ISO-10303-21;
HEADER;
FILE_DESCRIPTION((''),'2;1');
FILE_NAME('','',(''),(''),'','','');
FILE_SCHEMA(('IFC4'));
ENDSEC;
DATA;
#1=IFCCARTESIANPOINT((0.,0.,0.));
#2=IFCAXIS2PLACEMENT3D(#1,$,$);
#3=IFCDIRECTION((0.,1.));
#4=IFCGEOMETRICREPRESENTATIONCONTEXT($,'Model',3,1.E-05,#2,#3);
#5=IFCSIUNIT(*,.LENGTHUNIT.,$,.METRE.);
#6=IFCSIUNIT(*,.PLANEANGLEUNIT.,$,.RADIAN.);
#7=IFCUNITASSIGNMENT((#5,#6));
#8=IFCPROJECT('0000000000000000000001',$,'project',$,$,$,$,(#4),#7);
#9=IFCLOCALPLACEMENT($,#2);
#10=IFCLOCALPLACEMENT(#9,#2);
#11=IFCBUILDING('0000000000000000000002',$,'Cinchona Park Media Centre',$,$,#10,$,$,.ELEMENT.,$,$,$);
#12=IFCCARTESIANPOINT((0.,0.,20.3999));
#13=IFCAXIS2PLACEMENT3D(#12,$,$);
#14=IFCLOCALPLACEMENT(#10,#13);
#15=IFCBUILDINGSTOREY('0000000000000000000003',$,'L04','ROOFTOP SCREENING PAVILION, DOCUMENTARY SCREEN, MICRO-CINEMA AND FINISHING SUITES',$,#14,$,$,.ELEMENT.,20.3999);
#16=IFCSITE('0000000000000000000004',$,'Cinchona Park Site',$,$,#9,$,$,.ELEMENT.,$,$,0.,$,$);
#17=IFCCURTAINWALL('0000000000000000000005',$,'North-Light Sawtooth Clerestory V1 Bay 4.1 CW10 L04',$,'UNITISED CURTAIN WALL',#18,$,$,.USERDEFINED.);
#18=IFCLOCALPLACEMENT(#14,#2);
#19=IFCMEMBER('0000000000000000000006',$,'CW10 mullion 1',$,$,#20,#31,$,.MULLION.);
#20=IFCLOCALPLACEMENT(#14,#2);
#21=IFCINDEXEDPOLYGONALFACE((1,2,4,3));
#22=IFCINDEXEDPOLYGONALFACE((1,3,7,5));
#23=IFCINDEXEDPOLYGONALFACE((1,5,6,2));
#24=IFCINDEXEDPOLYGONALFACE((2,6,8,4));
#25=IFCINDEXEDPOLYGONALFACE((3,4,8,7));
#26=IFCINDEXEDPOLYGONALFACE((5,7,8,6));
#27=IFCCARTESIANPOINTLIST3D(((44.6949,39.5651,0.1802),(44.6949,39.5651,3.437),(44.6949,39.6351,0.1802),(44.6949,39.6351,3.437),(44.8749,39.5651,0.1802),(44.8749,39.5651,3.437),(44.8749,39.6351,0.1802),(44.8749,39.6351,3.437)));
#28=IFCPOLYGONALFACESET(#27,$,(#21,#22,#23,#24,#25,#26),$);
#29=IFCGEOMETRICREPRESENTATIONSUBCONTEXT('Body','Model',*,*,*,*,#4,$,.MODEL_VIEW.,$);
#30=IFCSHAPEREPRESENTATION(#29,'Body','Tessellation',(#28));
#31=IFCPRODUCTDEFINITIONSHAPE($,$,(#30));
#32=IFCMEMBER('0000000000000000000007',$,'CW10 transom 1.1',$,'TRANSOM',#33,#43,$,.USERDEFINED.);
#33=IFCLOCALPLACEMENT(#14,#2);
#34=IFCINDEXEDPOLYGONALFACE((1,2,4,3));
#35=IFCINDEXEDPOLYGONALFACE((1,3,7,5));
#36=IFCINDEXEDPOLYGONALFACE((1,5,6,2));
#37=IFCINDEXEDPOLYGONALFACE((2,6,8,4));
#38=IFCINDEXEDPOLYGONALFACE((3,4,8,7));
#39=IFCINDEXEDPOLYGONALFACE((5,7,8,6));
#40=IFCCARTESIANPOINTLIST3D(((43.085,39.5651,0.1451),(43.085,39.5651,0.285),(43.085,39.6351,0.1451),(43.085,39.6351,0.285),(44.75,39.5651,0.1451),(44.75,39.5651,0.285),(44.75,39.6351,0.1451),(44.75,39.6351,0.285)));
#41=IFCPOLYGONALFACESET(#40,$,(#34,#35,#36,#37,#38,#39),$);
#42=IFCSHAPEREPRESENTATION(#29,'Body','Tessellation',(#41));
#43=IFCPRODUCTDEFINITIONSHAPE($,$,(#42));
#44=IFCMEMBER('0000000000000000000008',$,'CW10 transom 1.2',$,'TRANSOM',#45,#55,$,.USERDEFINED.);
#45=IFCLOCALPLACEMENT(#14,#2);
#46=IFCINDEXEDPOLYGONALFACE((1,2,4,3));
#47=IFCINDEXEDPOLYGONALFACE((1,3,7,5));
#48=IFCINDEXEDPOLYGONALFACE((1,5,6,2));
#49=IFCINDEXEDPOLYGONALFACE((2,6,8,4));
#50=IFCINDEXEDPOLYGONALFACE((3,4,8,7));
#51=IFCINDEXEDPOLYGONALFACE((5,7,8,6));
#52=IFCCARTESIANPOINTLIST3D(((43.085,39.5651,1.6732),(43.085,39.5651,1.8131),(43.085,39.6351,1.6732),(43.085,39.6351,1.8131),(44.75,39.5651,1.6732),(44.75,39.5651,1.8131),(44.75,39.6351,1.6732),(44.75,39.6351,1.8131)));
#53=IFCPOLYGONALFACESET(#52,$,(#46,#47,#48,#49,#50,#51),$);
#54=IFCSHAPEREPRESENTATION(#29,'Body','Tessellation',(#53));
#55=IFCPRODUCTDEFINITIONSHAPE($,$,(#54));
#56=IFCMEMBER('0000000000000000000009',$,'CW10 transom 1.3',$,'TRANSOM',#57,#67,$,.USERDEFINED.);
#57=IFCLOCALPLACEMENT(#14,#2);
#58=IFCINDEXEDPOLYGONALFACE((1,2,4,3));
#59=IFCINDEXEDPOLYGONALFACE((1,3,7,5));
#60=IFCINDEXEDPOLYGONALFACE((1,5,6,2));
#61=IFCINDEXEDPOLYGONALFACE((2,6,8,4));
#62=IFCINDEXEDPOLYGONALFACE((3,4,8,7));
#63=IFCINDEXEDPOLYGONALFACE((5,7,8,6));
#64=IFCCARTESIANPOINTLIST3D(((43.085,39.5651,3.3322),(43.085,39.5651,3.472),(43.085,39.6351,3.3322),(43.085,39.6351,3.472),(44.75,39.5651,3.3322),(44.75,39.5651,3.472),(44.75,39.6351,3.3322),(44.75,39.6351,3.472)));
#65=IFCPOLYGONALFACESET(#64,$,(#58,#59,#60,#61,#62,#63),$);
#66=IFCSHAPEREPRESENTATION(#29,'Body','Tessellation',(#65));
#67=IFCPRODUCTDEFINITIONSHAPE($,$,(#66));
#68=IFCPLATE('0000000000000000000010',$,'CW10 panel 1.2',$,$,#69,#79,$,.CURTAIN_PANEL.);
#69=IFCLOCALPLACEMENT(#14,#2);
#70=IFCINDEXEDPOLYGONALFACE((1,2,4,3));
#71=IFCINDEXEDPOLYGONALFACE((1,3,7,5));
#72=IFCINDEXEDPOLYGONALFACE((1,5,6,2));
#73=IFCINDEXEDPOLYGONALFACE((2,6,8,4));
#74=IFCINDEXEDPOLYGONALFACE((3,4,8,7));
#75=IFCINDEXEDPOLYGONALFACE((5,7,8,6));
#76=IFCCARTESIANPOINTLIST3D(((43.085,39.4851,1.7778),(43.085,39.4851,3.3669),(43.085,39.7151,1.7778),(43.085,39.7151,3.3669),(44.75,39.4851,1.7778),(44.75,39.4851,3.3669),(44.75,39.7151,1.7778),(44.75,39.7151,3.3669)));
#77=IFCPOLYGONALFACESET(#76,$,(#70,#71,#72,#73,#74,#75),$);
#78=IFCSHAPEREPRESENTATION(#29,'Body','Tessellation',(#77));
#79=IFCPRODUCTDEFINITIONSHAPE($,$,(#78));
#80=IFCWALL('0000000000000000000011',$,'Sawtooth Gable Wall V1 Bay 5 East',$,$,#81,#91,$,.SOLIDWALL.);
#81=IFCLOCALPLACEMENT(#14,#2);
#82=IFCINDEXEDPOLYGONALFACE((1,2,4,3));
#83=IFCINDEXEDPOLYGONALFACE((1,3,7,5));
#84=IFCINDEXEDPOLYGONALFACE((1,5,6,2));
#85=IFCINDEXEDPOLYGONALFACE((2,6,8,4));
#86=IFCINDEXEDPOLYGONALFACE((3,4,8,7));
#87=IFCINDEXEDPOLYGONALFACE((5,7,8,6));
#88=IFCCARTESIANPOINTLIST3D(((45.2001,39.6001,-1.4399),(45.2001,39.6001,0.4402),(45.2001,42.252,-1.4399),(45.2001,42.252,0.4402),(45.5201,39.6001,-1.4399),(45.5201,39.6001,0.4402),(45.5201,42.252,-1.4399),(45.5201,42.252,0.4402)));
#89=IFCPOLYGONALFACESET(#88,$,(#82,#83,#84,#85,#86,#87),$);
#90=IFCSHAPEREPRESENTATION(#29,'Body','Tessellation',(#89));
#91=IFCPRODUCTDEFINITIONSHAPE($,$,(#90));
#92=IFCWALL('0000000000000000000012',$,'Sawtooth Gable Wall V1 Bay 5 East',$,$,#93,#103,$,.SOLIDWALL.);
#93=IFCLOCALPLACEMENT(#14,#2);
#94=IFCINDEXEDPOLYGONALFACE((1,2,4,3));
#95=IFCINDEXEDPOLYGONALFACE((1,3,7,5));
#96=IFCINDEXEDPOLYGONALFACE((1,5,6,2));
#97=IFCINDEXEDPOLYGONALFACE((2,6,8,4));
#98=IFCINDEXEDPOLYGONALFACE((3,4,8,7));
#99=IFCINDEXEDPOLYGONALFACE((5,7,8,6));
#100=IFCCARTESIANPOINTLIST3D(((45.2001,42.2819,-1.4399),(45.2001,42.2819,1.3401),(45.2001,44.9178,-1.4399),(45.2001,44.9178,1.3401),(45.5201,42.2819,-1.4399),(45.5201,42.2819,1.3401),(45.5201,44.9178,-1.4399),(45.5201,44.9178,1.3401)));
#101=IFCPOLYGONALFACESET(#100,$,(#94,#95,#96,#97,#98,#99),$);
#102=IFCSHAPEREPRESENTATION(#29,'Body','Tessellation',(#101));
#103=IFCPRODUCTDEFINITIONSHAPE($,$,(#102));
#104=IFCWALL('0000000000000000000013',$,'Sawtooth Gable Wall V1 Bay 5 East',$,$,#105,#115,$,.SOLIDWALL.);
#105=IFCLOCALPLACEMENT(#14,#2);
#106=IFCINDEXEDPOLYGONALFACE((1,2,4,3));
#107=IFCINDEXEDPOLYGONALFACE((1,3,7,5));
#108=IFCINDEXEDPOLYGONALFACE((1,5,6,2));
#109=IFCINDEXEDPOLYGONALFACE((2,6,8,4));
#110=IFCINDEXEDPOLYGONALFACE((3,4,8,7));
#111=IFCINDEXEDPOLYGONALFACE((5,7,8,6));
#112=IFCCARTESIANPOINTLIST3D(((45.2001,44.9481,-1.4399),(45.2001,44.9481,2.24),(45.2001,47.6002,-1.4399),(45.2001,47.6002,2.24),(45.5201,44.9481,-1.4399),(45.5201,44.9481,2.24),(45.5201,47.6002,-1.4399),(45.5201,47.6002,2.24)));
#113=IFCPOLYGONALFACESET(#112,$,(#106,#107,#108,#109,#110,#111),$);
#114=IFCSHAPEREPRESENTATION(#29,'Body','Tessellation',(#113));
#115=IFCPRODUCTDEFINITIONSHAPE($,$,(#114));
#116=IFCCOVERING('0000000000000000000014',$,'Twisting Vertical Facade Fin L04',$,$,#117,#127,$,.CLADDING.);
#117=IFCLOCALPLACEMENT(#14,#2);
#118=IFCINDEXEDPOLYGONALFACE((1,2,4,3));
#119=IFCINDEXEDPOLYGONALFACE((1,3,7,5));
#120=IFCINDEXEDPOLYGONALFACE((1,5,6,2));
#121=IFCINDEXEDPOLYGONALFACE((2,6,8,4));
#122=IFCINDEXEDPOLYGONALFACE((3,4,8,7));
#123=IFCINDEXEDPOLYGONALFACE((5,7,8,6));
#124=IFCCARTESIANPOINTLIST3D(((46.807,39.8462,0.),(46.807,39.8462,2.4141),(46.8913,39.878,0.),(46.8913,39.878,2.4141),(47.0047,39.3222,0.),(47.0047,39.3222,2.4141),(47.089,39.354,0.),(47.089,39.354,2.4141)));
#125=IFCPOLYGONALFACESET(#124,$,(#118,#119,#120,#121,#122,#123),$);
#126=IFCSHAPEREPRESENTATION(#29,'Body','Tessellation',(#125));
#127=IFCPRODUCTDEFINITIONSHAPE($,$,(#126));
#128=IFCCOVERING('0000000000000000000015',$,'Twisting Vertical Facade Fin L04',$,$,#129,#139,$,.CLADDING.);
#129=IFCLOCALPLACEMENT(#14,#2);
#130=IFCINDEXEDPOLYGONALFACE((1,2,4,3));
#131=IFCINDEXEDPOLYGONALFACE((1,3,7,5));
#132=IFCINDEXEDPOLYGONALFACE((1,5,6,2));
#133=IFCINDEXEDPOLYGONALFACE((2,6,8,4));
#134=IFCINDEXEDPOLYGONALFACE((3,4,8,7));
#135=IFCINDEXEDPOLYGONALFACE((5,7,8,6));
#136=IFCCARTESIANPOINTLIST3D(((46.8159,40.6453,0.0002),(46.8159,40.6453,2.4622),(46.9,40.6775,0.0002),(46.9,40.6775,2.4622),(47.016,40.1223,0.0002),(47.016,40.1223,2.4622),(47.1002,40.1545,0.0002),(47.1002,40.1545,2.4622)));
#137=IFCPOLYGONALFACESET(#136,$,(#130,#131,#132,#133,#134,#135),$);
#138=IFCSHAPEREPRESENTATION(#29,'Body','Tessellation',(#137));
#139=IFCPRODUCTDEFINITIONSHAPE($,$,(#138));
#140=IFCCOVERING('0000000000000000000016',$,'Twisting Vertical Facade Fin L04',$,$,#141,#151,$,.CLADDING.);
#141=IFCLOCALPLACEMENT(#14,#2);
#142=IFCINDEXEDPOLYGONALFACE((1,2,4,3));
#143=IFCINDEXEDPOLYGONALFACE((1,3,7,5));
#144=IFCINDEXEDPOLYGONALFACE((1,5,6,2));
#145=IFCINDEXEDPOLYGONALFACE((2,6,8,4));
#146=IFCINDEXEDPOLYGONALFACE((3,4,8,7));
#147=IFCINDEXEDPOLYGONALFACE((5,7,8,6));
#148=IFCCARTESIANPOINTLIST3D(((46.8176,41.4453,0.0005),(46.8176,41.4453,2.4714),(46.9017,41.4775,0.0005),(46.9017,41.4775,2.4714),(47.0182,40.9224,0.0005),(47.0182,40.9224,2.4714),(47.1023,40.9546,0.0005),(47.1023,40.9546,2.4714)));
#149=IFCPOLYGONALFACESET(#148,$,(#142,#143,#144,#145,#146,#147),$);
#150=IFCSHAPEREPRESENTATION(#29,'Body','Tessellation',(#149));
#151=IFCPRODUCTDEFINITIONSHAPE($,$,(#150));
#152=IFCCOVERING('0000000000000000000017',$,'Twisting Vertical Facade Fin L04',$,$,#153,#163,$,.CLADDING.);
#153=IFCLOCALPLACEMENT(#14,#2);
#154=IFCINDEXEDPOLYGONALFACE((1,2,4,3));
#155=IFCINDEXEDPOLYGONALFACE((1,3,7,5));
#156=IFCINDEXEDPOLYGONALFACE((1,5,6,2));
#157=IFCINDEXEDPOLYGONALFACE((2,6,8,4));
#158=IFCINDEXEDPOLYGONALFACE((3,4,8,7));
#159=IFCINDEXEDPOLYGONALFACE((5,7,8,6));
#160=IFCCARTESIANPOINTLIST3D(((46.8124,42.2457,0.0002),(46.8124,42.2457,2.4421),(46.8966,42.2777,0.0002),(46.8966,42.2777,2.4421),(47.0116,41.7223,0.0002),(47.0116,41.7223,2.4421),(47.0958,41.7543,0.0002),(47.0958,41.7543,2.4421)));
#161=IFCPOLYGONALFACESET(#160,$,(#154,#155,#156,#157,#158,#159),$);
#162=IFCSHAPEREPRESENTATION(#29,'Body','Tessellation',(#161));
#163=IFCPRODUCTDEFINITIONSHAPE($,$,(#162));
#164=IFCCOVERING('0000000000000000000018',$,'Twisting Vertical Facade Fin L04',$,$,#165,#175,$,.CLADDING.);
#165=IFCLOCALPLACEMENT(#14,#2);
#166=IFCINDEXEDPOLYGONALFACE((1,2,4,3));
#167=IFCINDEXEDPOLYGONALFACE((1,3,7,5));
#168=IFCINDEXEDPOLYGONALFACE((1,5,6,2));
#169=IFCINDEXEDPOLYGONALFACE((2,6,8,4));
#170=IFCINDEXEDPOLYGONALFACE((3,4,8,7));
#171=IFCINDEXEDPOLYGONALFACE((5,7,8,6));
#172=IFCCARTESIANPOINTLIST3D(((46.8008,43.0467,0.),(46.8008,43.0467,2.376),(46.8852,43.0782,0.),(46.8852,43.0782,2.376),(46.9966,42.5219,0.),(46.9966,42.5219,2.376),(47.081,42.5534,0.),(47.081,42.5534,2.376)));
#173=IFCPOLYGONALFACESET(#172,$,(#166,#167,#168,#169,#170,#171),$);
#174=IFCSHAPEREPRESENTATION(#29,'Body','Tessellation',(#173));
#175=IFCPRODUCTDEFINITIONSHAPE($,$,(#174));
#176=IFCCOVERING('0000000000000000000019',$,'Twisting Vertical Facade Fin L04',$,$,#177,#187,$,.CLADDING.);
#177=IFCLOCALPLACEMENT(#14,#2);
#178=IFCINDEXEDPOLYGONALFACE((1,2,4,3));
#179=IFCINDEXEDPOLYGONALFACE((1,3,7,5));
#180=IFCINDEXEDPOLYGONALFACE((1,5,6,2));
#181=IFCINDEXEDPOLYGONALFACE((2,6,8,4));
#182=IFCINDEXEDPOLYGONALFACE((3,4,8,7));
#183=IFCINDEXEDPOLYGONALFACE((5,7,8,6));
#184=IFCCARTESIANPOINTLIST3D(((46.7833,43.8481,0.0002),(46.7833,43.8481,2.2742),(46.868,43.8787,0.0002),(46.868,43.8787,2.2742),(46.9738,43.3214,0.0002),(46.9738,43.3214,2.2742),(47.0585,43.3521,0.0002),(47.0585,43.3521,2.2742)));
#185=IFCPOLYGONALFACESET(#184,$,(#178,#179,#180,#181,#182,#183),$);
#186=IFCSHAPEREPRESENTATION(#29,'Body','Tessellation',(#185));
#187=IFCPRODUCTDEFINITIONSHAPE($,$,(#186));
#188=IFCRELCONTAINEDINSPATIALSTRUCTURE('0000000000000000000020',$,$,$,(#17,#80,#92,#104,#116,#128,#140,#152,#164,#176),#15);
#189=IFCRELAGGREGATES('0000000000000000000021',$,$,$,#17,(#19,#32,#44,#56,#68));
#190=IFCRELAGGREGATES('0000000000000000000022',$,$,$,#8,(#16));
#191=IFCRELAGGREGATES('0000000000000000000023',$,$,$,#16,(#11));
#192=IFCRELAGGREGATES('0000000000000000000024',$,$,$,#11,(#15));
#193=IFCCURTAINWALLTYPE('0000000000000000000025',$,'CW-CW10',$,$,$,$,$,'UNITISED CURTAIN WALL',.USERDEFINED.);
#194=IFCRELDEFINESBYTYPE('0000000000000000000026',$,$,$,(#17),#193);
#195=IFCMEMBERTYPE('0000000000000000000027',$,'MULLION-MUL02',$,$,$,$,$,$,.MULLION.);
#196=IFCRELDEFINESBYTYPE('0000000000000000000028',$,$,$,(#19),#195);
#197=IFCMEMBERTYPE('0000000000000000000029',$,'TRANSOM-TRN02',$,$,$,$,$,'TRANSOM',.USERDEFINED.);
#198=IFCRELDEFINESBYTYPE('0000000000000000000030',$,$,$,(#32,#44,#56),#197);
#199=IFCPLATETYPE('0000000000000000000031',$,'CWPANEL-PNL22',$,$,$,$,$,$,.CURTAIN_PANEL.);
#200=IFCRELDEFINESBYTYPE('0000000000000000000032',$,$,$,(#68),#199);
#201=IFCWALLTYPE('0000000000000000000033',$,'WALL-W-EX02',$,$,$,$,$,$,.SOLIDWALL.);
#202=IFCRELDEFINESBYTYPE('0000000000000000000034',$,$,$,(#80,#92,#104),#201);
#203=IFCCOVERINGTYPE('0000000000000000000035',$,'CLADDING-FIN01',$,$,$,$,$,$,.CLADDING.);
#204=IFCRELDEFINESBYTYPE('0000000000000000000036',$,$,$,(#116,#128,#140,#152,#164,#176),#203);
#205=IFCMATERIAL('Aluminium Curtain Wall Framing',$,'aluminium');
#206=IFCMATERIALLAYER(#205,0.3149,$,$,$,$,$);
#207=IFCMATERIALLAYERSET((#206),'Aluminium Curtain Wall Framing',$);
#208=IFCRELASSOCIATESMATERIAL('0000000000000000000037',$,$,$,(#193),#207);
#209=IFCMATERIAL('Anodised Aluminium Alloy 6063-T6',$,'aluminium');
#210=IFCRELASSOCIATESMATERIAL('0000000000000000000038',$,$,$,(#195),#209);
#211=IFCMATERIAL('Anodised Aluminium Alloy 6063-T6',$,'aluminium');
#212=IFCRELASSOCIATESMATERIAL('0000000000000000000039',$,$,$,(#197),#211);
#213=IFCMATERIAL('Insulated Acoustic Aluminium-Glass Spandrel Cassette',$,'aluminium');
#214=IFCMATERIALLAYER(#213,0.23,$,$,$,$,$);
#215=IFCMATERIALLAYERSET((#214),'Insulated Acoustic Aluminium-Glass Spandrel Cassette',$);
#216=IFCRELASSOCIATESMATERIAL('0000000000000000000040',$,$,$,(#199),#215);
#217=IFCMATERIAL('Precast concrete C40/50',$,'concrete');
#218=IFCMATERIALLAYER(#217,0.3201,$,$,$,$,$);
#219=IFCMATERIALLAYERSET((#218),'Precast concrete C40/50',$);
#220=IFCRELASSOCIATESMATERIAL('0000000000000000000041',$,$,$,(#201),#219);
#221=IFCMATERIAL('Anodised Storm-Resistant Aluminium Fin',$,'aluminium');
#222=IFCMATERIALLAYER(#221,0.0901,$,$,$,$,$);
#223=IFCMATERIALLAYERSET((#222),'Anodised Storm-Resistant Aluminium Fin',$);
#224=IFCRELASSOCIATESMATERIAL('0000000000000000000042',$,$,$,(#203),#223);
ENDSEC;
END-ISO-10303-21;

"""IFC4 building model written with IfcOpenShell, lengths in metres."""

from ifc_helpers import new_model, si_unit, direction, frame, frame_2d, origin, origin_2d, place, context, subcontext, project, spatial, rectangle, extrude, material, layer, layer_set, material_profile, profile_set, type_object, element, aggregate, save


model = new_model("IFC4")

# Units and contexts
model_context = context("Model", 3, precision=1e-05, world=origin(), true_north=direction((0.0, 1.0)))
body_context = subcontext(model_context, "Body", "Model", "MODEL_VIEW")
ifc_project = project(units=[si_unit("LENGTHUNIT", "METRE"), si_unit("PLANEANGLEUNIT", "RADIAN")], contexts=[model_context])

# Site, building, storey
site_placement = place(None, origin())
site = spatial("IfcSite", under=ifc_project, at=site_placement, Name="Cinchona Park Site", CompositionType="ELEMENT", RefElevation=0.0)
building_placement = place(site_placement, origin())
building = spatial("IfcBuilding", under=site, at=building_placement, Name="Cinchona Park Media Centre", CompositionType="ELEMENT")
storey_placement = place(building_placement, frame((0.0, 0.0, 20.3999)))
storey = spatial("IfcBuildingStorey", under=building, at=storey_placement, Name="L04", Description="ROOFTOP SCREENING PAVILION, DOCUMENTARY SCREEN, MICRO-CINEMA AND FINISHING SUITES", CompositionType="ELEMENT", Elevation=20.3999)

# Curtain wall, members, plate
ifc_material_1 = material(Name="Aluminium Curtain Wall Framing", Category="aluminium")
ifc_layer_1 = layer(ifc_material_1, 0.3149)
ifc_layer_set_1 = layer_set([ifc_layer_1], Name="Aluminium Curtain Wall Framing")
curtain_wall_type = type_object("IfcCurtainWallType", Name="CW-CW10", ElementType="UNITISED CURTAIN WALL", PredefinedType="USERDEFINED", material=ifc_layer_set_1)
curtain_wall_placement = place(storey_placement, origin())
curtain_wall = element("IfcCurtainWall", 1, at=curtain_wall_placement, inside=storey, type_object=curtain_wall_type, Name="North-Light Sawtooth Clerestory V1 Bay 4.1 CW10 L04", ObjectType="UNITISED CURTAIN WALL", PredefinedType="USERDEFINED")
ifc_material_2 = material(Name="Anodised Aluminium Alloy 6063-T6", Category="aluminium")
ifc_material_profile_1 = material_profile(ifc_material_2, rectangle(XDim=0.0701, YDim=0.1799, at=origin_2d()), Name="MUL-70X180")
ifc_profile_set_1 = profile_set([ifc_material_profile_1], Name="Anodised Aluminium Alloy 6063-T6")
member_type_1 = type_object("IfcMemberType", Name="MULLION-MUL02", PredefinedType="MULLION", material=ifc_profile_set_1)
member_1_placement = place(storey_placement, frame((44.7849, 39.6001, 0.1802), z_axis=(0.0, 0.0, 1.0), x_axis=(0.0, -1.0, 0.0)))
member_1 = element("IfcMember", 2, at=member_1_placement, type_object=member_type_1, Name="CW10 mullion 1", PredefinedType="MULLION", context=body_context, shape_type="SweptSolid", body=[
    extrude(rectangle(XDim=0.0701, YDim=0.1799, at=origin_2d()), origin(), (0.0, 0.0, 1.0), 3.2568),
])
ifc_material_3 = material(Name="Anodised Aluminium Alloy 6063-T6", Category="aluminium")
ifc_material_profile_2 = material_profile(ifc_material_3, rectangle(XDim=0.0701, YDim=0.1399, at=origin_2d()), Name="TRN-70X140")
ifc_profile_set_2 = profile_set([ifc_material_profile_2], Name="Anodised Aluminium Alloy 6063-T6")
member_type_2 = type_object("IfcMemberType", Name="TRANSOM-TRN02", ElementType="TRANSOM", PredefinedType="USERDEFINED", material=ifc_profile_set_2)
member_2_placement = place(storey_placement, frame((44.75, 39.6001, 0.2151), z_axis=(-1.0, 0.0, 0.0), x_axis=(0.0, -1.0, 0.0)))
member_2 = element("IfcMember", 3, at=member_2_placement, type_object=member_type_2, Name="CW10 transom 1.1", ObjectType="TRANSOM", PredefinedType="USERDEFINED", context=body_context, shape_type="SweptSolid", body=[
    extrude(rectangle(XDim=0.0701, YDim=0.1399, at=origin_2d()), origin(), (0.0, 0.0, 1.0), 1.665),
])
member_3_placement = place(storey_placement, frame((44.75, 39.6001, 1.7432), z_axis=(-1.0, 0.0, 0.0), x_axis=(0.0, -1.0, 0.0)))
member_3 = element("IfcMember", 4, at=member_3_placement, type_object=member_type_2, Name="CW10 transom 1.2", ObjectType="TRANSOM", PredefinedType="USERDEFINED", context=body_context, shape_type="SweptSolid", body=[
    extrude(rectangle(XDim=0.0701, YDim=0.1399, at=origin_2d()), origin(), (0.0, 0.0, 1.0), 1.665),
])
member_4_placement = place(storey_placement, frame((44.75, 39.6001, 3.4021), z_axis=(-1.0, 0.0, 0.0), x_axis=(0.0, -1.0, 0.0)))
member_4 = element("IfcMember", 5, at=member_4_placement, type_object=member_type_2, Name="CW10 transom 1.3", ObjectType="TRANSOM", PredefinedType="USERDEFINED", context=body_context, shape_type="SweptSolid", body=[
    extrude(rectangle(XDim=0.0701, YDim=0.1399, at=origin_2d()), origin(), (0.0, 0.0, 1.0), 1.665),
])
ifc_material_4 = material(Name="Insulated Acoustic Aluminium-Glass Spandrel Cassette", Category="aluminium")
ifc_layer_2 = layer(ifc_material_4, 0.23)
ifc_layer_set_2 = layer_set([ifc_layer_2], Name="Insulated Acoustic Aluminium-Glass Spandrel Cassette")
plate_type = type_object("IfcPlateType", Name="CWPANEL-PNL22", PredefinedType="CURTAIN_PANEL", material=ifc_layer_set_2)
plate_placement = place(storey_placement, frame((43.9175, 39.6001, 1.7778), z_axis=(0.0, 0.0, 1.0), x_axis=(-1.0, 0.0, 0.0)))
plate = element("IfcPlate", 6, at=plate_placement, type_object=plate_type, Name="CW10 panel 1.2", PredefinedType="CURTAIN_PANEL", context=body_context, shape_type="SweptSolid", body=[
    extrude(rectangle(XDim=1.665, YDim=0.23, at=origin_2d()), origin(), (0.0, 0.0, 1.0), 1.5891),
])
aggregate(curtain_wall, [member_1, member_2, member_3, member_4, plate])

# Walls
ifc_material_5 = material(Name="Precast concrete C40/50", Category="concrete")
ifc_layer_3 = layer(ifc_material_5, 0.3201)
ifc_layer_set_3 = layer_set([ifc_layer_3], Name="Precast concrete C40/50")
wall_type = type_object("IfcWallType", Name="WALL-W-EX02", PredefinedType="SOLIDWALL", material=ifc_layer_set_3)
wall_1_placement = place(storey_placement, frame((45.3601, 39.6001, -1.4399), z_axis=(0.0, 0.0, 1.0), x_axis=(0.0, 1.0, 0.0)))
element("IfcWall", 7, at=wall_1_placement, inside=storey, type_object=wall_type, Name="Sawtooth Gable Wall V1 Bay 5 East", PredefinedType="SOLIDWALL", context=body_context, shape_type="SweptSolid", body=[
    extrude(rectangle(XDim=2.6519, YDim=0.3201, at=frame_2d((1.3259, 0.0))), origin(), (0.0, 0.0, 1.0), 1.8801),
])
wall_2_placement = place(storey_placement, frame((45.3601, 42.282, -1.4399), z_axis=(0.0, 0.0, 1.0), x_axis=(0.0, 1.0, 0.0)))
element("IfcWall", 8, at=wall_2_placement, inside=storey, type_object=wall_type, Name="Sawtooth Gable Wall V1 Bay 5 East", PredefinedType="SOLIDWALL", context=body_context, shape_type="SweptSolid", body=[
    extrude(rectangle(XDim=2.636, YDim=0.3201, at=frame_2d((1.3179, 0.0))), origin(), (0.0, 0.0, 1.0), 2.78),
])
wall_3_placement = place(storey_placement, frame((45.3601, 44.948, -1.4399), z_axis=(0.0, 0.0, 1.0), x_axis=(0.0, 1.0, 0.0)))
element("IfcWall", 9, at=wall_3_placement, inside=storey, type_object=wall_type, Name="Sawtooth Gable Wall V1 Bay 5 East", PredefinedType="SOLIDWALL", context=body_context, shape_type="SweptSolid", body=[
    extrude(rectangle(XDim=2.6521, YDim=0.3201, at=frame_2d((1.3262, 0.0))), origin(), (0.0, 0.0, 1.0), 3.6799),
])

# Coverings
ifc_material_6 = material(Name="Anodised Storm-Resistant Aluminium Fin", Category="aluminium")
ifc_layer_4 = layer(ifc_material_6, 0.0901)
ifc_layer_set_4 = layer_set([ifc_layer_4], Name="Anodised Storm-Resistant Aluminium Fin")
covering_type = type_object("IfcCoveringType", Name="CLADDING-FIN01", PredefinedType="CLADDING", material=ifc_layer_set_4)
covering_1_placement = place(storey_placement, frame((46.948, 39.6001, 0.0), z_axis=(0.0, 0.0, 1.0), x_axis=(-0.352985, 0.935629, 0.0)))
element("IfcCovering", 10, at=covering_1_placement, inside=storey, type_object=covering_type, Name="Twisting Vertical Facade Fin L04", PredefinedType="CLADDING", context=body_context, shape_type="SweptSolid", body=[
    extrude(rectangle(XDim=0.5601, YDim=0.0901, at=origin_2d()), origin(), (0.0, 0.0, 1.0), 2.4141),
])
covering_2_placement = place(storey_placement, frame((46.958, 40.3999, 0.0002), z_axis=(0.0, 0.0, 1.0), x_axis=(-0.35739, 0.933955, 0.0)))
element("IfcCovering", 11, at=covering_2_placement, inside=storey, type_object=covering_type, Name="Twisting Vertical Facade Fin L04", PredefinedType="CLADDING", context=body_context, shape_type="SweptSolid", body=[
    extrude(rectangle(XDim=0.5601, YDim=0.0901, at=origin_2d()), origin(), (0.0, 0.0, 1.0), 2.4619),
])
covering_3_placement = place(storey_placement, frame((46.96, 41.2, 0.0005), z_axis=(0.0, 0.0, 1.0), x_axis=(-0.358205, 0.933643, 0.0)))
element("IfcCovering", 12, at=covering_3_placement, inside=storey, type_object=covering_type, Name="Twisting Vertical Facade Fin L04", PredefinedType="CLADDING", context=body_context, shape_type="SweptSolid", body=[
    extrude(rectangle(XDim=0.5601, YDim=0.0901, at=origin_2d()), origin(), (0.0, 0.0, 1.0), 2.4709),
])
covering_4_placement = place(storey_placement, frame((46.9541, 42.0, 0.0002), z_axis=(0.0, 0.0, 1.0), x_axis=(-0.355596, 0.93464, 0.0)))
element("IfcCovering", 13, at=covering_4_placement, inside=storey, type_object=covering_type, Name="Twisting Vertical Facade Fin L04", PredefinedType="CLADDING", context=body_context, shape_type="SweptSolid", body=[
    extrude(rectangle(XDim=0.5601, YDim=0.0901, at=origin_2d()), origin(), (0.0, 0.0, 1.0), 2.4419),
])
covering_5_placement = place(storey_placement, frame((46.9409, 42.8, 0.0), z_axis=(0.0, 0.0, 1.0), x_axis=(-0.349553, 0.936916, 0.0)))
element("IfcCovering", 14, at=covering_5_placement, inside=storey, type_object=covering_type, Name="Twisting Vertical Facade Fin L04", PredefinedType="CLADDING", context=body_context, shape_type="SweptSolid", body=[
    extrude(rectangle(XDim=0.5601, YDim=0.0901, at=origin_2d()), origin(), (0.0, 0.0, 1.0), 2.376),
])
covering_6_placement = place(storey_placement, frame((46.9209, 43.6001, 0.0002), z_axis=(0.0, 0.0, 1.0), x_axis=(-0.340215, 0.940348, 0.0)))
element("IfcCovering", 15, at=covering_6_placement, inside=storey, type_object=covering_type, Name="Twisting Vertical Facade Fin L04", PredefinedType="CLADDING", context=body_context, shape_type="SweptSolid", body=[
    extrude(rectangle(XDim=0.5601, YDim=0.0901, at=origin_2d()), origin(), (0.0, 0.0, 1.0), 2.2739),
])

save(model, "model.ifc")
